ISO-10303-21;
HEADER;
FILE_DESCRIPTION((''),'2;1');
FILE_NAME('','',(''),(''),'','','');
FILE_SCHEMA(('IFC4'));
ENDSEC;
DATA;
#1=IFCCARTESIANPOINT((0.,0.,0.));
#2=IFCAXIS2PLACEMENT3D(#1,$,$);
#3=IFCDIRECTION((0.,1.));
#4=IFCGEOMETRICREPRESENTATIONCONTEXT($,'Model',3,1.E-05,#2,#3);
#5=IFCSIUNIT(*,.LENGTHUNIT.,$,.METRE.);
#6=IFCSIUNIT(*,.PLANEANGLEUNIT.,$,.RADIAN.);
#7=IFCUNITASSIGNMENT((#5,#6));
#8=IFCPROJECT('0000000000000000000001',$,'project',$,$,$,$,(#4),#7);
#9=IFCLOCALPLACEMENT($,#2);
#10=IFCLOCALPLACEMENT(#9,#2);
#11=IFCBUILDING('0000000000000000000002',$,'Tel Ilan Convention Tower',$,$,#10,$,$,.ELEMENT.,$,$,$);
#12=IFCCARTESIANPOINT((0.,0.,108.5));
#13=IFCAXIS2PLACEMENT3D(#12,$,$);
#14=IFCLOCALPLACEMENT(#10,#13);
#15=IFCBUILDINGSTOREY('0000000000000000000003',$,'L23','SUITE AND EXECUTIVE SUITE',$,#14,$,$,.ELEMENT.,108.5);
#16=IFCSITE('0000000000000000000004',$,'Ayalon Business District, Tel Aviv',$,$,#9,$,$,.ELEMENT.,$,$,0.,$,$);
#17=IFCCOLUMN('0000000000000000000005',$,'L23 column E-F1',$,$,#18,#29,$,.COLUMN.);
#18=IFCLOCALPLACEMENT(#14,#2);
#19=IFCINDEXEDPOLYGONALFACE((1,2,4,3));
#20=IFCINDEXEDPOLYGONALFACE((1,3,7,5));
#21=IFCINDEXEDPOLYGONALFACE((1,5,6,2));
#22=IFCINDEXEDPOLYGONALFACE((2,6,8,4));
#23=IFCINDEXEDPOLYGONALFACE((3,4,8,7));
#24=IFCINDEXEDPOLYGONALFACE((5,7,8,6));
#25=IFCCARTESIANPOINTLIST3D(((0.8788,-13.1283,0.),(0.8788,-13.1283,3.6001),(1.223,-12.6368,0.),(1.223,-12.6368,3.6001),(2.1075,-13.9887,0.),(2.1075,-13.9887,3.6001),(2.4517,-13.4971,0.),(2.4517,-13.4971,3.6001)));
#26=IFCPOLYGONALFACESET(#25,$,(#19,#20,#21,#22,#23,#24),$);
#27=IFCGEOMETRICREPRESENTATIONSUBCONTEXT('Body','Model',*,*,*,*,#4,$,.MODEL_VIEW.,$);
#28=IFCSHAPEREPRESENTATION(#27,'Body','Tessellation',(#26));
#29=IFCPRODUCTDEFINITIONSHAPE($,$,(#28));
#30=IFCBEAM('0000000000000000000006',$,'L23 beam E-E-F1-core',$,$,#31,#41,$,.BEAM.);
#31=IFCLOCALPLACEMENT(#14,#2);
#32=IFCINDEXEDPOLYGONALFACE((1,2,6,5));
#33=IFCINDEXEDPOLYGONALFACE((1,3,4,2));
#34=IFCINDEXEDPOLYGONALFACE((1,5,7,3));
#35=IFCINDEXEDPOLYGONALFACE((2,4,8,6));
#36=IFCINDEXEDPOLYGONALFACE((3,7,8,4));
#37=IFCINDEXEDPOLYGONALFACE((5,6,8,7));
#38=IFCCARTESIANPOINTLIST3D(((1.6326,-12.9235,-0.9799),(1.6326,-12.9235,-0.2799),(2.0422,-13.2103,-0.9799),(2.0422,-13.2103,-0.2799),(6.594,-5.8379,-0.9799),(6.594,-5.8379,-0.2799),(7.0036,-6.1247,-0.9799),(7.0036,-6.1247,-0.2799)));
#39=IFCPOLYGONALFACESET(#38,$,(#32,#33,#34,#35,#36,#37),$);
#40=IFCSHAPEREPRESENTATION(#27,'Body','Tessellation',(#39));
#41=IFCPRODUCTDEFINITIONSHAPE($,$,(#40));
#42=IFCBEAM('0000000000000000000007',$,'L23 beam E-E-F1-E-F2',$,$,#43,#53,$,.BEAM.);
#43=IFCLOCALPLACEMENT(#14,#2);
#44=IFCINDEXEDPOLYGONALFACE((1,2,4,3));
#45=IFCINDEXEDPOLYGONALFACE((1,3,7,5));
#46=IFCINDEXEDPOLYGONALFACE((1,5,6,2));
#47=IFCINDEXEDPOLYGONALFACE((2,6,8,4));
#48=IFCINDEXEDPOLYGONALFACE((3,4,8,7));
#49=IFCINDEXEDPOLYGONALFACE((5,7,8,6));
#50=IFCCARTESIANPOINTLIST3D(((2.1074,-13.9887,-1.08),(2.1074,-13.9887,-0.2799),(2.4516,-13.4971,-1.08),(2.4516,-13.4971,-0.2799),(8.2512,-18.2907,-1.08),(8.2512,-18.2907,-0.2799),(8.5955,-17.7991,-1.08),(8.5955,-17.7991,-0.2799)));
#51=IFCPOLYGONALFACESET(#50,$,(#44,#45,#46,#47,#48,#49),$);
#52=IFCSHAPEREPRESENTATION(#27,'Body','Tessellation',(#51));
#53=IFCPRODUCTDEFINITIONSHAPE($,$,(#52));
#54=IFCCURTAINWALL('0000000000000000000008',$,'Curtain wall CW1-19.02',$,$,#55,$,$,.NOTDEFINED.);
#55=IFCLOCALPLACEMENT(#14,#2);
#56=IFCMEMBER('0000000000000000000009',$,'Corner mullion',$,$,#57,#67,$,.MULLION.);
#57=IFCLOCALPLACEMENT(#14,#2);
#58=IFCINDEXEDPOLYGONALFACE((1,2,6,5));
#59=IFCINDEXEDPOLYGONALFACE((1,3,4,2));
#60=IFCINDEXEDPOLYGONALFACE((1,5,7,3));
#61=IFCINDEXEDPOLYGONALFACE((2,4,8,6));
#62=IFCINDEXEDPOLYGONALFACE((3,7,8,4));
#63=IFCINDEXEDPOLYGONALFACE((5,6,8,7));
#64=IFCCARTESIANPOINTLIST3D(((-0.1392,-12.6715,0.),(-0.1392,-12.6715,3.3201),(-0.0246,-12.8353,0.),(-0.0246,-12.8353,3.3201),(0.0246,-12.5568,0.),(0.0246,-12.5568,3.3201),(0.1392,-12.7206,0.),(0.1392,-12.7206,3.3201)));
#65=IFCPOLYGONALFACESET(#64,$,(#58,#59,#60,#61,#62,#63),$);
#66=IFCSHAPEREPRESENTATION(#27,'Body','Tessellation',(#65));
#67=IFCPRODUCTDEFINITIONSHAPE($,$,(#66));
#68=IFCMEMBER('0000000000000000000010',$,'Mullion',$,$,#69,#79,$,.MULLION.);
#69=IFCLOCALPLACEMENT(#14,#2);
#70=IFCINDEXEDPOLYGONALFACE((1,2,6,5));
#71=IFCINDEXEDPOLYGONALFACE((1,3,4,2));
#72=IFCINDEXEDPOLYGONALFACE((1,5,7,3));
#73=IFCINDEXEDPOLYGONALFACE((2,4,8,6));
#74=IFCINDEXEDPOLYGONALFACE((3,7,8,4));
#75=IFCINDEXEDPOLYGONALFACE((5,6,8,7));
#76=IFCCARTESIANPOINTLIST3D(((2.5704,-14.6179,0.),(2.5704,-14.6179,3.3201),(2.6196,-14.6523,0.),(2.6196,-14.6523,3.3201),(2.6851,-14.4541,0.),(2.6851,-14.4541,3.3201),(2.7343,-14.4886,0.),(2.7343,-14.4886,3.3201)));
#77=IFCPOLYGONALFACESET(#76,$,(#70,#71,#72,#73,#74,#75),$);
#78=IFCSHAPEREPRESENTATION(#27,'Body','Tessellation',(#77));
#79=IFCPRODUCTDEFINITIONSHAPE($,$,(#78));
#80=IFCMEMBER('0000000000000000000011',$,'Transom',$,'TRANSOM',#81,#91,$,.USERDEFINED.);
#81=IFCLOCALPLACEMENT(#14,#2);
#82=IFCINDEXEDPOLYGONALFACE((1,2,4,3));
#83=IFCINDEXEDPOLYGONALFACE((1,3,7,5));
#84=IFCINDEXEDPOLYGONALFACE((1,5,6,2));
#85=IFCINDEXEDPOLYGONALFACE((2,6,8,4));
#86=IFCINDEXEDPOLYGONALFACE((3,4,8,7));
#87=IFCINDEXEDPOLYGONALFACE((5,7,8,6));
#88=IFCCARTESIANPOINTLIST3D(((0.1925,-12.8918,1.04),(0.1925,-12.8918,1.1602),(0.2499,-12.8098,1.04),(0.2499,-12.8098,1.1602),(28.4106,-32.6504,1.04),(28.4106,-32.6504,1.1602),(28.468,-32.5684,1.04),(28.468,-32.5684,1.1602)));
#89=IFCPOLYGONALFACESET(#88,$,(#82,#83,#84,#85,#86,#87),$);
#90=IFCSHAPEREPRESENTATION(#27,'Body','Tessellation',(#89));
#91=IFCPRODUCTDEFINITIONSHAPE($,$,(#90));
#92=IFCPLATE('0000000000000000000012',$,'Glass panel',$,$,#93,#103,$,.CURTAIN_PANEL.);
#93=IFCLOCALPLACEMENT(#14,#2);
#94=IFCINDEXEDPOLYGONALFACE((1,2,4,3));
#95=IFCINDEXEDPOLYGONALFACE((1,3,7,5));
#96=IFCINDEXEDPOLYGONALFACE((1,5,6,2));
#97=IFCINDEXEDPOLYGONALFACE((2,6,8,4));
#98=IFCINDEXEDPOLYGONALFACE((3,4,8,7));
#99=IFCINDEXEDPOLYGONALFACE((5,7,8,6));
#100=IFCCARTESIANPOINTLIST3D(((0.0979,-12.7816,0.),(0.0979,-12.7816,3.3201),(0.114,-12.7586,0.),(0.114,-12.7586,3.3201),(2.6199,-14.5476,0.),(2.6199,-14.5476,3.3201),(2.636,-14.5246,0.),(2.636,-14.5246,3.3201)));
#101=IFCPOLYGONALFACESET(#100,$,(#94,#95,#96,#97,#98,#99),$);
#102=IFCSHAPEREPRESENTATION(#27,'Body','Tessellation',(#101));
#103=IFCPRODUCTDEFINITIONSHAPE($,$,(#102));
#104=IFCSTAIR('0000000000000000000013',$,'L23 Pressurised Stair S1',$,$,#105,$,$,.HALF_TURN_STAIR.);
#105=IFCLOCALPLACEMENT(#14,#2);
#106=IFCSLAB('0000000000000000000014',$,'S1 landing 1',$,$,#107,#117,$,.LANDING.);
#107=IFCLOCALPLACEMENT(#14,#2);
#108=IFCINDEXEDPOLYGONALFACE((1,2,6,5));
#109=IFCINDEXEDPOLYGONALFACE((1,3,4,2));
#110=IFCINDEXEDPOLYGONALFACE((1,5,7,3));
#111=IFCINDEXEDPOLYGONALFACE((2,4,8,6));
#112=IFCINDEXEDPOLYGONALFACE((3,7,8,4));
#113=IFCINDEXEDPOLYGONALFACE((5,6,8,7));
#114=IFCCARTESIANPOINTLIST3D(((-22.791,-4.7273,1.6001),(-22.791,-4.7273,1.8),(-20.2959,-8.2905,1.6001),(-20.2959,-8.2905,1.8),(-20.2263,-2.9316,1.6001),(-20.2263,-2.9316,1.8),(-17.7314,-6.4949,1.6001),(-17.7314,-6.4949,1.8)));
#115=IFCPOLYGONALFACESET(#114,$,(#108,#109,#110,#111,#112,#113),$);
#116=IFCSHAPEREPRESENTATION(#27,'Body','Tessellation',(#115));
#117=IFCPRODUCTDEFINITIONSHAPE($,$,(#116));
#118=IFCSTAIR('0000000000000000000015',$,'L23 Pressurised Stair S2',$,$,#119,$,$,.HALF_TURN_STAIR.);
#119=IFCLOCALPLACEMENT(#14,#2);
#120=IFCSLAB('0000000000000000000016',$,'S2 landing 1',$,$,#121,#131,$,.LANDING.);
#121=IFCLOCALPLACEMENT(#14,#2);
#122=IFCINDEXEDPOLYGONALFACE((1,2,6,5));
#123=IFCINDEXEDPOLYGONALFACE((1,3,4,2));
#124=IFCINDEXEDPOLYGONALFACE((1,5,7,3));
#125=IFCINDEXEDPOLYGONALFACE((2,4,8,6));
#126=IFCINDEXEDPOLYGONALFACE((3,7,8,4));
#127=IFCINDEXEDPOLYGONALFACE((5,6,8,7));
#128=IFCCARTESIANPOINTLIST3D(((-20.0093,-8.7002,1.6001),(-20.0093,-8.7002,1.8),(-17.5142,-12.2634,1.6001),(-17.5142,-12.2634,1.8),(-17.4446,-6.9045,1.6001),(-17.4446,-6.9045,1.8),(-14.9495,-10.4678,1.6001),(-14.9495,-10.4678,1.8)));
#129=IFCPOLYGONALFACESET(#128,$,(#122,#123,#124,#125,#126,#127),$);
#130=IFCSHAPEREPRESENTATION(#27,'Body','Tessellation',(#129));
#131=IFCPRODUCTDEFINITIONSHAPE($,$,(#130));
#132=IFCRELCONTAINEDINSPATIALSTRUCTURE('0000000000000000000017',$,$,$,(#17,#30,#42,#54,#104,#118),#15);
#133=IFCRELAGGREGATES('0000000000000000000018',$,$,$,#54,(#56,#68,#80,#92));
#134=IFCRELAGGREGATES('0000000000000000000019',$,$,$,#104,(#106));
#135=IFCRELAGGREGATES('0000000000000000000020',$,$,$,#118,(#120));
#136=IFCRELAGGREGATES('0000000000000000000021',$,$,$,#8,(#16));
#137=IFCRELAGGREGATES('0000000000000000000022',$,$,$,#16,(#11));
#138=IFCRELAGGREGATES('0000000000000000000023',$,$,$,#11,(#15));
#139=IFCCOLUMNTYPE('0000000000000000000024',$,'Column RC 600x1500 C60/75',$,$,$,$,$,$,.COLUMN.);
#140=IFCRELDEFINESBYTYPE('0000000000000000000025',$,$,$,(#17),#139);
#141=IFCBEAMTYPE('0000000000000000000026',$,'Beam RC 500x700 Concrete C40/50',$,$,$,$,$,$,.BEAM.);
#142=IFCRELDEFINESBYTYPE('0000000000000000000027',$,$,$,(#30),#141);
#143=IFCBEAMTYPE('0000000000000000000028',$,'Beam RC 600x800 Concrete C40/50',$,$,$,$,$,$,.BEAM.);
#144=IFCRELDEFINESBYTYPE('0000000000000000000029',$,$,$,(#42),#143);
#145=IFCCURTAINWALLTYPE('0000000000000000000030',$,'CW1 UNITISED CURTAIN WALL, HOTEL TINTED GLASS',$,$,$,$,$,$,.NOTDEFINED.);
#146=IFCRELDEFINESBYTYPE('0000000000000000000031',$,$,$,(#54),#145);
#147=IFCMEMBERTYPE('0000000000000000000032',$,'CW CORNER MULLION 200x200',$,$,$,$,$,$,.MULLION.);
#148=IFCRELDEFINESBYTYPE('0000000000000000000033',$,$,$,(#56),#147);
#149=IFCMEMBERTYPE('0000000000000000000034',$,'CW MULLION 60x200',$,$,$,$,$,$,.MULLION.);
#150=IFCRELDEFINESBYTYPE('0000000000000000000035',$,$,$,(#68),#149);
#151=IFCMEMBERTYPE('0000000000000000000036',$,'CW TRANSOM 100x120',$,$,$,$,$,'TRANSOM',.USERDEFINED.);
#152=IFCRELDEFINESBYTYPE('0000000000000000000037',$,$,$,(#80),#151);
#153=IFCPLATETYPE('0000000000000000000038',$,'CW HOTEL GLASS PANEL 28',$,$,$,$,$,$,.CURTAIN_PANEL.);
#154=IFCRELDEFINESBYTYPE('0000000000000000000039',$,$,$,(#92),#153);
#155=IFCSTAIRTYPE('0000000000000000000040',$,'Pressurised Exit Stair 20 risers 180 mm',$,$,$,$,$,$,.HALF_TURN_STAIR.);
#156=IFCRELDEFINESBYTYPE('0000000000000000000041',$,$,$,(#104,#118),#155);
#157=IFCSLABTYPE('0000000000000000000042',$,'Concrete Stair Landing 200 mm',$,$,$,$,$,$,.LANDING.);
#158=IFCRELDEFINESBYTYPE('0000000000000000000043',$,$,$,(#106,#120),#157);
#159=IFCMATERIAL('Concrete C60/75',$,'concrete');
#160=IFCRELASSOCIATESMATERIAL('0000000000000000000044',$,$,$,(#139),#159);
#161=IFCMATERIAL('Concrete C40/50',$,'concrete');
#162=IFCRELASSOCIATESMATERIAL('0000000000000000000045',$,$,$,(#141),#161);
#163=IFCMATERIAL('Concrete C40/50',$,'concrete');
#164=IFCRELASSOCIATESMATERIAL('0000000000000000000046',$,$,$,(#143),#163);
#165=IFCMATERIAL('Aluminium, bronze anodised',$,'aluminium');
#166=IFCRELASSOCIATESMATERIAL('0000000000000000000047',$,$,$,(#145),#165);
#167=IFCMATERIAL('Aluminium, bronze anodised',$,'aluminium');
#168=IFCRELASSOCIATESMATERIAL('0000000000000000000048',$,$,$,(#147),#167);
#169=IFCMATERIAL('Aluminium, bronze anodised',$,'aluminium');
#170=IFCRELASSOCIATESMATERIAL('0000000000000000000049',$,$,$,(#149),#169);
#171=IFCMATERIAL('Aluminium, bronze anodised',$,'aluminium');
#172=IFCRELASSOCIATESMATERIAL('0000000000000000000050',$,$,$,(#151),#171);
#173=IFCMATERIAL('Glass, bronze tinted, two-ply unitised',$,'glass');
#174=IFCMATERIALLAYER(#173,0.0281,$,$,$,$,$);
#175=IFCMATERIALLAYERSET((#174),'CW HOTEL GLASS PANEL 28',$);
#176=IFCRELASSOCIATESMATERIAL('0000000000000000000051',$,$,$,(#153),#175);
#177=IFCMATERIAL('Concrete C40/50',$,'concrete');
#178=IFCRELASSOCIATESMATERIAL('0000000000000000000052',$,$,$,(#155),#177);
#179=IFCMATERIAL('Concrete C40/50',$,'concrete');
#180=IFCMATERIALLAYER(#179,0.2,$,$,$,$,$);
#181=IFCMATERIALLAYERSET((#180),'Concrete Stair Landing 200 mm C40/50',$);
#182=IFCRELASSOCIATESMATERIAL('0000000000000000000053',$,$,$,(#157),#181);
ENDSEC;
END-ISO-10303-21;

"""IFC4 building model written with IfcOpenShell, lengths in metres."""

from ifc_helpers import new_model, si_unit, direction, frame, origin, origin_2d, place, context, subcontext, project, spatial, polyline, rectangle, outline, extrude, material, layer, layer_set, material_profile, profile_set, type_object, element, aggregate, save


model = new_model("IFC4")

# Units and contexts
model_context = context("Model", 3, precision=1e-05, world=origin(), true_north=direction((0.0, 1.0)))
body_context = subcontext(model_context, "Body", "Model", "MODEL_VIEW")
ifc_project = project(units=[si_unit("LENGTHUNIT", "METRE"), si_unit("PLANEANGLEUNIT", "RADIAN")], contexts=[model_context])

# Site, building, storey
site_placement = place(None, origin())
site = spatial("IfcSite", under=ifc_project, at=site_placement, Name="Ayalon Business District, Tel Aviv", CompositionType="ELEMENT", RefElevation=0.0)
building_placement = place(site_placement, origin())
building = spatial("IfcBuilding", under=site, at=building_placement, Name="Tel Ilan Convention Tower", CompositionType="ELEMENT")
storey_placement = place(building_placement, frame((0.0, 0.0, 108.5)))
storey = spatial("IfcBuildingStorey", under=building, at=storey_placement, Name="L23", Description="SUITE AND EXECUTIVE SUITE", CompositionType="ELEMENT", Elevation=108.5)

# Column
ifc_material_1 = material(Name="Concrete C60/75", Category="concrete")
ifc_material_profile_1 = material_profile(ifc_material_1, rectangle(XDim=1.5, YDim=0.6001, at=origin_2d()), Name="RC 600x1500")
ifc_profile_set_1 = profile_set([ifc_material_profile_1], Name="Concrete C60/75")
column_type = type_object("IfcColumnType", Name="Column RC 600x1500 C60/75", PredefinedType="COLUMN", material=ifc_profile_set_1)
column_placement = place(storey_placement, frame((1.6653, -13.3127, 0.0), z_axis=(0.0, 0.0, 1.0), x_axis=(0.819152, -0.573576, 0.0)))
element("IfcColumn", 1, at=column_placement, inside=storey, type_object=column_type, Name="L23 column E-F1", PredefinedType="COLUMN", context=body_context, shape_type="SweptSolid", body=[
    extrude(rectangle(XDim=1.5, YDim=0.6001, at=origin_2d()), origin(), (0.0, 0.0, 1.0), 3.6001),
])

# Beams
ifc_material_2 = material(Name="Concrete C40/50", Category="concrete")
ifc_material_profile_2 = material_profile(ifc_material_2, rectangle(XDim=0.5, YDim=0.7, at=origin_2d()), Name="RC 500x700")
ifc_profile_set_2 = profile_set([ifc_material_profile_2], Name="Concrete C40/50")
beam_type_1 = type_object("IfcBeamType", Name="Beam RC 500x700 Concrete C40/50", PredefinedType="BEAM", material=ifc_profile_set_2)
beam_1_placement = place(storey_placement, frame((1.8374, -13.0669, -0.6299), z_axis=(0.573574, 0.819154, 0.0), x_axis=(-0.819154, 0.573574, 0.0)))
element("IfcBeam", 2, at=beam_1_placement, inside=storey, type_object=beam_type_1, Name="L23 beam E-E-F1-core", PredefinedType="BEAM", context=body_context, shape_type="SweptSolid", body=[
    extrude(rectangle(XDim=0.5, YDim=0.7, at=origin_2d()), origin(), (0.0, 0.0, 1.0), 8.6499),
])
ifc_material_3 = material(Name="Concrete C40/50", Category="concrete")
ifc_material_profile_3 = material_profile(ifc_material_3, rectangle(XDim=0.6001, YDim=0.8, at=origin_2d()), Name="RC 600x800")
ifc_profile_set_3 = profile_set([ifc_material_profile_3], Name="Concrete C40/50")
beam_type_2 = type_object("IfcBeamType", Name="Beam RC 600x800 Concrete C40/50", PredefinedType="BEAM", material=ifc_profile_set_3)
beam_2_placement = place(storey_placement, frame((2.2795, -13.7429, -0.6799), z_axis=(0.819148, -0.573582, 0.0), x_axis=(0.573582, 0.819148, 0.0)))
element("IfcBeam", 3, at=beam_2_placement, inside=storey, type_object=beam_type_2, Name="L23 beam E-E-F1-E-F2", PredefinedType="BEAM", context=body_context, shape_type="SweptSolid", body=[
    extrude(rectangle(XDim=0.6001, YDim=0.8, at=origin_2d()), origin(), (0.0, 0.0, 1.0), 7.5002),
])

# Curtain wall, members, plate
ifc_material_4 = material(Name="Aluminium, bronze anodised", Category="aluminium")
curtain_wall_type = type_object("IfcCurtainWallType", Name="CW1 UNITISED CURTAIN WALL, HOTEL TINTED GLASS", PredefinedType="NOTDEFINED", material=ifc_material_4)
curtain_wall_placement = place(storey_placement, origin())
curtain_wall = element("IfcCurtainWall", 4, at=curtain_wall_placement, inside=storey, type_object=curtain_wall_type, Name="Curtain wall CW1-19.02", PredefinedType="NOTDEFINED")
ifc_material_5 = material(Name="Aluminium, bronze anodised", Category="aluminium")
ifc_material_profile_4 = material_profile(ifc_material_5, rectangle(XDim=0.2, YDim=0.2, at=origin_2d()), Name="CW CORNER MULLION 200x200")
ifc_profile_set_4 = profile_set([ifc_material_profile_4], Name="Aluminium, bronze anodised")
member_type_1 = type_object("IfcMemberType", Name="CW CORNER MULLION 200x200", PredefinedType="MULLION", material=ifc_profile_set_4)
member_1_placement = place(storey_placement, frame((0.0, -12.696, 0.0), z_axis=(0.0, 0.0, 1.0), x_axis=(0.819152, 0.573576, 0.0)))
member_1 = element("IfcMember", 5, at=member_1_placement, type_object=member_type_1, Name="Corner mullion", PredefinedType="MULLION", context=body_context, shape_type="SweptSolid", body=[
    extrude(rectangle(XDim=0.2, YDim=0.2, at=origin_2d()), origin(), (0.0, 0.0, 1.0), 3.3201),
])
ifc_material_6 = material(Name="Aluminium, bronze anodised", Category="aluminium")
ifc_material_profile_5 = material_profile(ifc_material_6, rectangle(XDim=0.0601, YDim=0.2, at=origin_2d()), Name="CW MULLION 60x200")
ifc_profile_set_5 = profile_set([ifc_material_profile_5], Name="Aluminium, bronze anodised")
member_type_2 = type_object("IfcMemberType", Name="CW MULLION 60x200", PredefinedType="MULLION", material=ifc_profile_set_5)
member_2_placement = place(storey_placement, frame((2.6523, -14.5532, 0.0), z_axis=(0.0, 0.0, 1.0), x_axis=(0.819152, -0.573576, 0.0)))
member_2 = element("IfcMember", 6, at=member_2_placement, type_object=member_type_2, Name="Mullion", PredefinedType="MULLION", context=body_context, shape_type="SweptSolid", body=[
    extrude(rectangle(XDim=0.0601, YDim=0.2, at=origin_2d()), origin(), (0.0, 0.0, 1.0), 3.3201),
])
ifc_material_7 = material(Name="Aluminium, bronze anodised", Category="aluminium")
ifc_material_profile_6 = material_profile(ifc_material_7, rectangle(XDim=0.1001, YDim=0.1201, at=origin_2d()), Name="CW TRANSOM 100x120")
ifc_profile_set_6 = profile_set([ifc_material_profile_6], Name="Aluminium, bronze anodised")
member_type_3 = type_object("IfcMemberType", Name="CW TRANSOM 100x120", ElementType="TRANSOM", PredefinedType="USERDEFINED", material=ifc_profile_set_6)
member_3_placement = place(storey_placement, frame((0.2212, -12.8508, 1.1001), z_axis=(0.819151, -0.573578, 0.0), x_axis=(0.573578, 0.819151, 0.0)))
member_3 = element("IfcMember", 7, at=member_3_placement, type_object=member_type_3, Name="Transom", ObjectType="TRANSOM", PredefinedType="USERDEFINED", context=body_context, shape_type="SweptSolid", body=[
    extrude(rectangle(XDim=0.1001, YDim=0.1201, at=origin_2d()), origin(), (0.0, 0.0, 1.0), 34.448),
])
ifc_material_8 = material(Name="Glass, bronze tinted, two-ply unitised", Category="glass")
ifc_layer_1 = layer(ifc_material_8, 0.0281)
ifc_layer_set_1 = layer_set([ifc_layer_1], Name="CW HOTEL GLASS PANEL 28")
plate_type = type_object("IfcPlateType", Name="CW HOTEL GLASS PANEL 28", PredefinedType="CURTAIN_PANEL", material=ifc_layer_set_1)
plate_placement = place(storey_placement, frame((1.3669, -13.6531, 0.0), z_axis=(0.0, 0.0, 1.0), x_axis=(0.819152, -0.573576, 0.0)))
plate = element("IfcPlate", 8, at=plate_placement, type_object=plate_type, Name="Glass panel", PredefinedType="CURTAIN_PANEL", context=body_context, shape_type="SweptSolid", body=[
    extrude(rectangle(XDim=3.0789, YDim=0.0281, at=origin_2d()), origin(), (0.0, 0.0, 1.0), 3.3201),
])
aggregate(curtain_wall, [member_1, member_2, member_3, plate])

# Stairs, slabs
ifc_material_9 = material(Name="Concrete C40/50", Category="concrete")
stair_type = type_object("IfcStairType", Name="Pressurised Exit Stair 20 risers 180 mm", PredefinedType="HALF_TURN_STAIR", material=ifc_material_9)
stair_1_placement = place(storey_placement, origin())
stair_1 = element("IfcStair", 9, at=stair_1_placement, inside=storey, type_object=stair_type, Name="L23 Pressurised Stair S1", PredefinedType="HALF_TURN_STAIR")
ifc_material_10 = material(Name="Concrete C40/50", Category="concrete")
ifc_layer_2 = layer(ifc_material_10, 0.2)
ifc_layer_set_2 = layer_set([ifc_layer_2], Name="Concrete Stair Landing 200 mm C40/50")
slab_type = type_object("IfcSlabType", Name="Concrete Stair Landing 200 mm", PredefinedType="LANDING", material=ifc_layer_set_2)
slab_1_placement = place(storey_placement, frame((0.0, 0.0, 1.6001)))
slab_1 = element("IfcSlab", 10, at=slab_1_placement, type_object=slab_type, Name="S1 landing 1", PredefinedType="LANDING", context=body_context, shape_type="SweptSolid", body=[
    extrude(outline(polyline([(-20.2959, -8.2905), (-17.7314, -6.4949), (-20.2263, -2.9316), (-22.791, -4.7273), (-20.2959, -8.2905)])), origin(), (0.0, 0.0, 1.0), 0.2),
])
aggregate(stair_1, [slab_1])
stair_2_placement = place(storey_placement, origin())
stair_2 = element("IfcStair", 11, at=stair_2_placement, inside=storey, type_object=stair_type, Name="L23 Pressurised Stair S2", PredefinedType="HALF_TURN_STAIR")
slab_2_placement = place(storey_placement, frame((0.0, 0.0, 1.6001)))
slab_2 = element("IfcSlab", 12, at=slab_2_placement, type_object=slab_type, Name="S2 landing 1", PredefinedType="LANDING", context=body_context, shape_type="SweptSolid", body=[
    extrude(outline(polyline([(-17.5142, -12.2634), (-14.9495, -10.4678), (-17.4446, -6.9045), (-20.0093, -8.7002), (-17.5142, -12.2634)])), origin(), (0.0, 0.0, 1.0), 0.2),
])
aggregate(stair_2, [slab_2])

save(model, "model.ifc")
